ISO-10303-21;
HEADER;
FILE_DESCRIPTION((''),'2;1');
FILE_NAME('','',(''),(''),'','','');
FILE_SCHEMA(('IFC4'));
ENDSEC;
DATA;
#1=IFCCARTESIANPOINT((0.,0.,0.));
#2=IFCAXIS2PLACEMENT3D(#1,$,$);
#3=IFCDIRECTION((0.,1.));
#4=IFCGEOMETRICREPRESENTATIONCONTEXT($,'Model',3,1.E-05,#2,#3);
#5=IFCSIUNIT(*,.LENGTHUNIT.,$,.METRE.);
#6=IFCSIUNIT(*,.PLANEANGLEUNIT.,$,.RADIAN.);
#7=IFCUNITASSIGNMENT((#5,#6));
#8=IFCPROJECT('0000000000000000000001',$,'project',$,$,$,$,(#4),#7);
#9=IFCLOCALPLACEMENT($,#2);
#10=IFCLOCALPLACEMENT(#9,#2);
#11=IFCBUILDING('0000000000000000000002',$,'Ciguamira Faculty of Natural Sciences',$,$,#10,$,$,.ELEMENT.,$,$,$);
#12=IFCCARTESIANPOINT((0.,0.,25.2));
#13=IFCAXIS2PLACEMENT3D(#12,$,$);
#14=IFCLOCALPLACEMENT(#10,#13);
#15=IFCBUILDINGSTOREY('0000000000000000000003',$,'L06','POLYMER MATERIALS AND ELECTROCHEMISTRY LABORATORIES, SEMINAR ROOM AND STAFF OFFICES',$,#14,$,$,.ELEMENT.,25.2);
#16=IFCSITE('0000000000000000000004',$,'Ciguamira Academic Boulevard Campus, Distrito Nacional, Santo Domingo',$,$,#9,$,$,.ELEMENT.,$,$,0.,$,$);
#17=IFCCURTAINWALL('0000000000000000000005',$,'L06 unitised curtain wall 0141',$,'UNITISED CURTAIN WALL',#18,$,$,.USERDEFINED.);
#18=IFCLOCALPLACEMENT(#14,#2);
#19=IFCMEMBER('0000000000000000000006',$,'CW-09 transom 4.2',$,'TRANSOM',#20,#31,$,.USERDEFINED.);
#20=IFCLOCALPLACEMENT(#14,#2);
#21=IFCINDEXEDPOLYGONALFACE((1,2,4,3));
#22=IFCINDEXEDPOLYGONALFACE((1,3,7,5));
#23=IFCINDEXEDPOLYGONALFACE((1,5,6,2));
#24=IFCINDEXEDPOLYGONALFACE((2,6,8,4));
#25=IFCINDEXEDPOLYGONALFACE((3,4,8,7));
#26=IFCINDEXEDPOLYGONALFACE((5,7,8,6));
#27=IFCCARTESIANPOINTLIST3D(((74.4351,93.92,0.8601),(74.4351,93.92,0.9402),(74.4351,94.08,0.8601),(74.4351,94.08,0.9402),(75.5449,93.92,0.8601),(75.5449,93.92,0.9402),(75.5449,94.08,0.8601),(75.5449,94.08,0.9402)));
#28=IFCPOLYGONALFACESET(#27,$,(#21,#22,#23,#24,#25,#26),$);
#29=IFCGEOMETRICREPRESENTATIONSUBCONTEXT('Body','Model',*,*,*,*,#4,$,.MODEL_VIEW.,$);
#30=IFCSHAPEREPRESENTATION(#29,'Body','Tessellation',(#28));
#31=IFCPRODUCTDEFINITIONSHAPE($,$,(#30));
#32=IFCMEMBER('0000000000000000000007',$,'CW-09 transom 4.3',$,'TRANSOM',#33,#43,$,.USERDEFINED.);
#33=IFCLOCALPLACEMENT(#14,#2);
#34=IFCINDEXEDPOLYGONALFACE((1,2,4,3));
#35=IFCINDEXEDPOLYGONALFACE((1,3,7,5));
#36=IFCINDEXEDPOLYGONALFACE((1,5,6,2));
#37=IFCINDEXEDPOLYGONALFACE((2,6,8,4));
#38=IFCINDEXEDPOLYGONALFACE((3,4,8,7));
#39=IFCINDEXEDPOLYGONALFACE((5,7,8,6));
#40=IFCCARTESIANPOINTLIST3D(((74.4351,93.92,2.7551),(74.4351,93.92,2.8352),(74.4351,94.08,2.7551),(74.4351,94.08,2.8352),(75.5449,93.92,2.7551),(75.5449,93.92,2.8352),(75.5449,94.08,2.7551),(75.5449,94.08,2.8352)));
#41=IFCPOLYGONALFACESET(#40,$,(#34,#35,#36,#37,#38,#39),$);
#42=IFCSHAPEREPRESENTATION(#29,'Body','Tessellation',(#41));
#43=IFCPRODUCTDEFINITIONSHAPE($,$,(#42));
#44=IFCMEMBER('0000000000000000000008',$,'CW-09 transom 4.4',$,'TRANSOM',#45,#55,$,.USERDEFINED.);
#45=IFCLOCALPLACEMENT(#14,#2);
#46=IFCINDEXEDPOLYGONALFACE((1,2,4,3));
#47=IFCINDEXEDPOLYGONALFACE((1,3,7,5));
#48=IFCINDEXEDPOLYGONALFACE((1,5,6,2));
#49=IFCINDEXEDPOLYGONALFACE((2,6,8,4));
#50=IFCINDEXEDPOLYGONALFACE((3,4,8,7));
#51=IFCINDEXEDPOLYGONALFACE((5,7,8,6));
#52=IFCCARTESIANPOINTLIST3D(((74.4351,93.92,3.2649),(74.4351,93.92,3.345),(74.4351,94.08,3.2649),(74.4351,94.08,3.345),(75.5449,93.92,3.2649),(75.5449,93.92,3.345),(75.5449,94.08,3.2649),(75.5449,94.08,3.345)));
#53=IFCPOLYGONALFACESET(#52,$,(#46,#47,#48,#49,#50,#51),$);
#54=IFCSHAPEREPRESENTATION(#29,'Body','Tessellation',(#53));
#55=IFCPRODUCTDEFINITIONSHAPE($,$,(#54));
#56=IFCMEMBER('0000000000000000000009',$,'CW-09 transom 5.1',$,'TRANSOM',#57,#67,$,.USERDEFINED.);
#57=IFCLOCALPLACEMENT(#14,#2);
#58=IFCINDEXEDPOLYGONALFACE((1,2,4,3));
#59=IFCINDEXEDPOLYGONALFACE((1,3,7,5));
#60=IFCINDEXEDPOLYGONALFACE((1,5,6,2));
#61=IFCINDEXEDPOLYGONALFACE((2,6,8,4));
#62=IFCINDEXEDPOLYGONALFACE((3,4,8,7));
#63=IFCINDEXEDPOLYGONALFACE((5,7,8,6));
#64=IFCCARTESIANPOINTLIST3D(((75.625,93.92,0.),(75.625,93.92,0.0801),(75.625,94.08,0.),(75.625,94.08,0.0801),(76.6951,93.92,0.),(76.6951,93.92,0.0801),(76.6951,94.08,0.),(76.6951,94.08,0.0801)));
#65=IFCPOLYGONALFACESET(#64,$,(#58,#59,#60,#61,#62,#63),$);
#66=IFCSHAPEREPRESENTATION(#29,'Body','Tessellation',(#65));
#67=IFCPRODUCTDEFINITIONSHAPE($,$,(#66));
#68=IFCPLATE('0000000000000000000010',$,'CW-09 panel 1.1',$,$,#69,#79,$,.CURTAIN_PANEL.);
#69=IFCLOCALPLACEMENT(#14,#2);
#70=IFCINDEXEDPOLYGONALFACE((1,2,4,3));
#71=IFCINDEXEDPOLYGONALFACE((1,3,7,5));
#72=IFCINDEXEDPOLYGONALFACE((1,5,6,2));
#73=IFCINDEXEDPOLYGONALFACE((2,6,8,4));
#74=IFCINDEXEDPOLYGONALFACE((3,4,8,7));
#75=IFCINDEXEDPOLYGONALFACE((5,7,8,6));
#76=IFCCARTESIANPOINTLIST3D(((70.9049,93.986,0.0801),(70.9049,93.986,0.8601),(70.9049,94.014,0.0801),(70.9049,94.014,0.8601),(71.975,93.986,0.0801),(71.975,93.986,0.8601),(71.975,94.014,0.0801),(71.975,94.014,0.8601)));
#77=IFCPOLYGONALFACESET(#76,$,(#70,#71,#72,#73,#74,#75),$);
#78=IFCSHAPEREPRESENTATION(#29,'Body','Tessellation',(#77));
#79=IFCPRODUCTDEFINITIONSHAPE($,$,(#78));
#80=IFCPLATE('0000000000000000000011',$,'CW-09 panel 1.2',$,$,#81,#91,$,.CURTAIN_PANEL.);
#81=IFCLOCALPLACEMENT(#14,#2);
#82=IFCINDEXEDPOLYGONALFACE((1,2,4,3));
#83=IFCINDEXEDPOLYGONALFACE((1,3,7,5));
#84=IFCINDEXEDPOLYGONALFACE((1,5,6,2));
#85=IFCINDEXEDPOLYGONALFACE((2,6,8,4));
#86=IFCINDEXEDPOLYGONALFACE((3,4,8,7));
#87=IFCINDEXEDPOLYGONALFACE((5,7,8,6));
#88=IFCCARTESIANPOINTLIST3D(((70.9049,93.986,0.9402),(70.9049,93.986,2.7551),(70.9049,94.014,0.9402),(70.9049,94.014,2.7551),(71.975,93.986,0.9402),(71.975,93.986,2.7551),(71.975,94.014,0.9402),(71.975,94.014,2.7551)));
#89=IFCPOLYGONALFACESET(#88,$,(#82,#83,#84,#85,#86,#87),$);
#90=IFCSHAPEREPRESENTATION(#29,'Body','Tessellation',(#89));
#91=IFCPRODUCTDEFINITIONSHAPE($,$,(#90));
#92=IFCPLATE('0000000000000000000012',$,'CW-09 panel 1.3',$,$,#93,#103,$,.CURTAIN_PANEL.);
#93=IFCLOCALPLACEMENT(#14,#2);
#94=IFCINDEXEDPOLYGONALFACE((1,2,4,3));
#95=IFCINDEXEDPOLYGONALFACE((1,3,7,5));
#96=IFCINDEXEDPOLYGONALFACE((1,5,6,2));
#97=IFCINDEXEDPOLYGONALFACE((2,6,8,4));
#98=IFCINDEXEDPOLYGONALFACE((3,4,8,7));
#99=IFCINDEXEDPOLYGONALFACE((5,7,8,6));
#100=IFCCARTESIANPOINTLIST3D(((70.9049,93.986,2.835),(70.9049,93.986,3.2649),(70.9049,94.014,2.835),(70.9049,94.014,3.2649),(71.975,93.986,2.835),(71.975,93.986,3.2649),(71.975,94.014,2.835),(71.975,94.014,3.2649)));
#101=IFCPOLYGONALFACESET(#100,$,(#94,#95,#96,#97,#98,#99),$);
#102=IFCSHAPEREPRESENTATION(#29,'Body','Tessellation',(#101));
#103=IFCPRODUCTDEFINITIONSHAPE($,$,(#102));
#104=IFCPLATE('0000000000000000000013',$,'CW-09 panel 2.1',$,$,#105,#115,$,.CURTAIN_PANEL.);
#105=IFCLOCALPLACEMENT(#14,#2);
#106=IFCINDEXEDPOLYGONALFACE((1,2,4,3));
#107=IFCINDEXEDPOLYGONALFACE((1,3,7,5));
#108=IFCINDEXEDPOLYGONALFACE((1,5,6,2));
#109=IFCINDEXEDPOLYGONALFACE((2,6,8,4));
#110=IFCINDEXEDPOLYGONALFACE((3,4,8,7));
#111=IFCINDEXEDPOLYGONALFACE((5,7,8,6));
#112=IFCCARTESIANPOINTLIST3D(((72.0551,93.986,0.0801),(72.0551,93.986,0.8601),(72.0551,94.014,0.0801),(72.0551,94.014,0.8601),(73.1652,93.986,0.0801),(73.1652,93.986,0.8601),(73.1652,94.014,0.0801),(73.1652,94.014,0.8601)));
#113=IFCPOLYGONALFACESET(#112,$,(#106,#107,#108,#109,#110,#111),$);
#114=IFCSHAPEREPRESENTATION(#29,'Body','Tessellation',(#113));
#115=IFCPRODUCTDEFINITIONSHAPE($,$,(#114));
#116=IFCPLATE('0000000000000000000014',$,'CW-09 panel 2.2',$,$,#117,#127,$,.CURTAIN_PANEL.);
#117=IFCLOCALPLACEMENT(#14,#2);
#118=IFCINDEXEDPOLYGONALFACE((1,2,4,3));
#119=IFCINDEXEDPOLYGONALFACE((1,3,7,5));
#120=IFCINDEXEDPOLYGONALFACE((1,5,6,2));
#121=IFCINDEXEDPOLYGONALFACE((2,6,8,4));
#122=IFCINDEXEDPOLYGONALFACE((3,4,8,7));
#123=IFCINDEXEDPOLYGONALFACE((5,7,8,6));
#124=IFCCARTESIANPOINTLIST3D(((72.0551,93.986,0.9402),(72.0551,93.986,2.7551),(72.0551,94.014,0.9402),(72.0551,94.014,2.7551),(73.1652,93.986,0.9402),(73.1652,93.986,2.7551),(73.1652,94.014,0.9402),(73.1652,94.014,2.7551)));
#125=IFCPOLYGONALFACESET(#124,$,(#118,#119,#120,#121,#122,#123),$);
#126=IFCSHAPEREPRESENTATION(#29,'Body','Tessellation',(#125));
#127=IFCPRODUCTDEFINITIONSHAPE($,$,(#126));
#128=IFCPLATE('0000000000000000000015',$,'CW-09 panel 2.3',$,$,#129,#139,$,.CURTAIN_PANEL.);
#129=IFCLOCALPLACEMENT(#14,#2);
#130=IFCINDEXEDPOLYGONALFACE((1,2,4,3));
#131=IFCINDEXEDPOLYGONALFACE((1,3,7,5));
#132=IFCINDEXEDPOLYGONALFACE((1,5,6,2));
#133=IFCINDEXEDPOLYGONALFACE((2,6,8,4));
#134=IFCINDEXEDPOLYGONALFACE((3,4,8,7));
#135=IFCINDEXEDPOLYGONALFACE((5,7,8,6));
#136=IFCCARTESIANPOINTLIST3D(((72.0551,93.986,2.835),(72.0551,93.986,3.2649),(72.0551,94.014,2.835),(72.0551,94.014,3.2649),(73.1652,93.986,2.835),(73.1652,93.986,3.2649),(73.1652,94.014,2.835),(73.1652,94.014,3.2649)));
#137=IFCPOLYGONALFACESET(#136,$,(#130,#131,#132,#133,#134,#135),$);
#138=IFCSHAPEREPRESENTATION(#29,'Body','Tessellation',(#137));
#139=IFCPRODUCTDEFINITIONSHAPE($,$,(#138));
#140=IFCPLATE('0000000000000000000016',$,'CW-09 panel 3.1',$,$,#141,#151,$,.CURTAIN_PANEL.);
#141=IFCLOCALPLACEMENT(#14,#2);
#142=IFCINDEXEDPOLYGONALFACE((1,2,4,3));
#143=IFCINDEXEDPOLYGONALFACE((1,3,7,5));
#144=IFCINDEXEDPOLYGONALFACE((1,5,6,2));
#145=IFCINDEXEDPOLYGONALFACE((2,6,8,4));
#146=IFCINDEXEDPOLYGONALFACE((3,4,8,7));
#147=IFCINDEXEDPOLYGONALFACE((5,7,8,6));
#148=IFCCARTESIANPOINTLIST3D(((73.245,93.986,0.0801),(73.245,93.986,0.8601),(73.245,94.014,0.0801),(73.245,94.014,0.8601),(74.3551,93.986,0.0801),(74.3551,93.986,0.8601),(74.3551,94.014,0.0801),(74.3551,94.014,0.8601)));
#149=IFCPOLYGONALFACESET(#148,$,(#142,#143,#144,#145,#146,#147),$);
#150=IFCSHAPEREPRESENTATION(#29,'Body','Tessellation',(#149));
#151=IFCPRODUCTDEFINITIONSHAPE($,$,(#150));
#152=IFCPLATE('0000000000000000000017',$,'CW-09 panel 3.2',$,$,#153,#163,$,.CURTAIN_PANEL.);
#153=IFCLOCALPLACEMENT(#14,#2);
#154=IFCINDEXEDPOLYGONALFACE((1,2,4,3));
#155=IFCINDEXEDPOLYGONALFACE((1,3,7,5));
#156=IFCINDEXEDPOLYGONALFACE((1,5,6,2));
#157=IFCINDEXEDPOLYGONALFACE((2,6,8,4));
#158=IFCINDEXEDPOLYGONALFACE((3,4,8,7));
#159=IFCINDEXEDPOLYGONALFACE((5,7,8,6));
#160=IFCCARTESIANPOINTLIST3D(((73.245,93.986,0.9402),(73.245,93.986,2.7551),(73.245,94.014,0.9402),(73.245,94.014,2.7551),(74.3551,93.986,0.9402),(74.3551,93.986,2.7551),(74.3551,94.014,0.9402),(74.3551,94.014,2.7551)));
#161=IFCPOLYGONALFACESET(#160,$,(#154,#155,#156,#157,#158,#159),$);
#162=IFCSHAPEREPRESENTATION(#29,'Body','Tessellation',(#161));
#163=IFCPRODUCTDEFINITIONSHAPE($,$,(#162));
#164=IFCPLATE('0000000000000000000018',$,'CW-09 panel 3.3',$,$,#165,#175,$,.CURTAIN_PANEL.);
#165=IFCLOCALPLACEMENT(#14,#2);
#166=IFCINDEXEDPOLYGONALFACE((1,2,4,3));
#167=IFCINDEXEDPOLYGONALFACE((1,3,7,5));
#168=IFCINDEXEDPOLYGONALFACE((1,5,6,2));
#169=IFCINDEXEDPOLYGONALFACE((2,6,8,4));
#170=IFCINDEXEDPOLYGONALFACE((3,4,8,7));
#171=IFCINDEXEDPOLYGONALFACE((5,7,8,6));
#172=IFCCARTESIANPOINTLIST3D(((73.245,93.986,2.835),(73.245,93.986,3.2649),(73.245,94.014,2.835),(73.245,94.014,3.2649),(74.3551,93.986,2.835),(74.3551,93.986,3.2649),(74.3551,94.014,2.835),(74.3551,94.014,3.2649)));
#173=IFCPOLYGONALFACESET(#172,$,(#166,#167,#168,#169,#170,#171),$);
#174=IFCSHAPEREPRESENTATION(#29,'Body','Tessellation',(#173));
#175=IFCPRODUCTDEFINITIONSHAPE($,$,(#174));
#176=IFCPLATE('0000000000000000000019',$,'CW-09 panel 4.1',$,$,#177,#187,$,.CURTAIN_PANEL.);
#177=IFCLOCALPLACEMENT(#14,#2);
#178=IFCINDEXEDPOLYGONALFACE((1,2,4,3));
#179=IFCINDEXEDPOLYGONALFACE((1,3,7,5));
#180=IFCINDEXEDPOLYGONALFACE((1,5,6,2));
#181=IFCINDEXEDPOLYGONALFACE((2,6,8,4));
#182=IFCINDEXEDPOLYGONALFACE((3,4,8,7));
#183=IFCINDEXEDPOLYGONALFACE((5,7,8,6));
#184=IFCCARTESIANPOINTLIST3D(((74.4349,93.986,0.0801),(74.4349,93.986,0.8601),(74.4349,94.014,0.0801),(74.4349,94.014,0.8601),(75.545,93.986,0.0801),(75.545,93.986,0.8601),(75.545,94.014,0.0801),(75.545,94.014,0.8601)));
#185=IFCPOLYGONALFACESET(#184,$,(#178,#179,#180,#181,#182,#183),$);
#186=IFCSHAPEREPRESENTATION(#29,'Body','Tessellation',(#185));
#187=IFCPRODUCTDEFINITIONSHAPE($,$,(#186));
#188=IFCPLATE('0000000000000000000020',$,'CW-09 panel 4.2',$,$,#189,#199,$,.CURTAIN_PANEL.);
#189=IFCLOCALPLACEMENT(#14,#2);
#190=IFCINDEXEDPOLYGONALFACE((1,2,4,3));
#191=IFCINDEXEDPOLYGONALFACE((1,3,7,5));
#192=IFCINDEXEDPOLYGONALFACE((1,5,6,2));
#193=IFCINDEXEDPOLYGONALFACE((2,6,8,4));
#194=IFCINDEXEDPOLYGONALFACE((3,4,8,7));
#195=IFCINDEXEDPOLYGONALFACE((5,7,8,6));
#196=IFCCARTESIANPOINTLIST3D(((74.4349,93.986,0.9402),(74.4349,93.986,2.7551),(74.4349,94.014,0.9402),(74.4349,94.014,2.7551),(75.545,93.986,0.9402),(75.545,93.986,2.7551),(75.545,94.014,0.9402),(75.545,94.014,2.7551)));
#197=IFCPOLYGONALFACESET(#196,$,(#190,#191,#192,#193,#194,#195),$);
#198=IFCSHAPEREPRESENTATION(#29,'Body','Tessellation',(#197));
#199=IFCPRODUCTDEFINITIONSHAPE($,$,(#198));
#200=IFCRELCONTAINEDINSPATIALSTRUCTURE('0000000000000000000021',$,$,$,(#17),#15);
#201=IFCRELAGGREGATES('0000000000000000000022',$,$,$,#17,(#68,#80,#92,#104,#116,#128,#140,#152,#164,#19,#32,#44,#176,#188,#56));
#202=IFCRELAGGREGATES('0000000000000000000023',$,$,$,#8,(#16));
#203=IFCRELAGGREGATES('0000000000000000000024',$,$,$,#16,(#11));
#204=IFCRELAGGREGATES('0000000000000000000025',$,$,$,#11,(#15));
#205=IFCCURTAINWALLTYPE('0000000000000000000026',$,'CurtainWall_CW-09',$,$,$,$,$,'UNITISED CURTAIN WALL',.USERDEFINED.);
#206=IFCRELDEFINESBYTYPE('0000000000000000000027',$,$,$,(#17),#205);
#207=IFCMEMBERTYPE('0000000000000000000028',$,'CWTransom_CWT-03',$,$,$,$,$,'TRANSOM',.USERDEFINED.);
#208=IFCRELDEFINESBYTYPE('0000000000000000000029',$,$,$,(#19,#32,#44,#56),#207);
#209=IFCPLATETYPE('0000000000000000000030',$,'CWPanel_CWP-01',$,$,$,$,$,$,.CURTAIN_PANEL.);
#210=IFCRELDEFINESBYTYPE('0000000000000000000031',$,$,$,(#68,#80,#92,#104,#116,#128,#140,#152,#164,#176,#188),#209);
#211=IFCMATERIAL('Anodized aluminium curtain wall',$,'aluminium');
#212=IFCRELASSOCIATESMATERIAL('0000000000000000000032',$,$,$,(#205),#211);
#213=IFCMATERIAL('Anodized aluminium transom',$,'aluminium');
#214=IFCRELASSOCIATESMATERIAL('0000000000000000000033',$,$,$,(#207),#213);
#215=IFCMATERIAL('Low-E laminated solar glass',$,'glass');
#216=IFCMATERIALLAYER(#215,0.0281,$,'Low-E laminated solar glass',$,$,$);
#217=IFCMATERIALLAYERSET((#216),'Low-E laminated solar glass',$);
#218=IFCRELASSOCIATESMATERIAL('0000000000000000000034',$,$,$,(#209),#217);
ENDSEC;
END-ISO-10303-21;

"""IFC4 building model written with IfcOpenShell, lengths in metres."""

from ifc_helpers import new_model, si_unit, direction, frame, origin, origin_2d, place, context, subcontext, project, spatial, rectangle, extrude, material, layer, layer_set, material_profile, profile_set, type_object, element, aggregate, save


model = new_model("IFC4")

# Units and contexts
model_context = context("Model", 3, precision=1e-05, world=origin(), true_north=direction((0.0, 1.0)))
body_context = subcontext(model_context, "Body", "Model", "MODEL_VIEW")
ifc_project = project(units=[si_unit("LENGTHUNIT", "METRE"), si_unit("PLANEANGLEUNIT", "RADIAN")], contexts=[model_context])

# Site, building, storey
site_placement = place(None, origin())
site = spatial("IfcSite", under=ifc_project, at=site_placement, Name="Ciguamira Academic Boulevard Campus, Distrito Nacional, Santo Domingo", CompositionType="ELEMENT", RefElevation=0.0)
building_placement = place(site_placement, origin())
building = spatial("IfcBuilding", under=site, at=building_placement, Name="Ciguamira Faculty of Natural Sciences", CompositionType="ELEMENT")
storey_placement = place(building_placement, frame((0.0, 0.0, 25.2)))
storey = spatial("IfcBuildingStorey", under=building, at=storey_placement, Name="L06", Description="POLYMER MATERIALS AND ELECTROCHEMISTRY LABORATORIES, SEMINAR ROOM AND STAFF OFFICES", CompositionType="ELEMENT", Elevation=25.2)

# Curtain wall, members, plates
ifc_material_1 = material(Name="Anodized aluminium curtain wall", Category="aluminium")
curtain_wall_type = type_object("IfcCurtainWallType", Name="CurtainWall_CW-09", ElementType="UNITISED CURTAIN WALL", PredefinedType="USERDEFINED", material=ifc_material_1)
curtain_wall_placement = place(storey_placement, origin())
curtain_wall = element("IfcCurtainWall", 1, at=curtain_wall_placement, inside=storey, type_object=curtain_wall_type, Name="L06 unitised curtain wall 0141", ObjectType="UNITISED CURTAIN WALL", PredefinedType="USERDEFINED")
ifc_material_2 = material(Name="Anodized aluminium transom", Category="aluminium")
ifc_material_profile_1 = material_profile(ifc_material_2, rectangle(XDim=0.0801, YDim=0.1599, at=origin_2d()), Name="ALU-TRN-80X160")
ifc_profile_set_1 = profile_set([ifc_material_profile_1], Name="Anodized aluminium transom")
member_type_1 = type_object("IfcMemberType", Name="CWTransom_CWT-03", ElementType="TRANSOM", PredefinedType="USERDEFINED", material=ifc_profile_set_1)
member_1_placement = place(storey_placement, frame((74.4351, 94.0, 0.9001), z_axis=(1.0, 0.0, 0.0), x_axis=(0.0, 0.0, 1.0)))
member_1 = element("IfcMember", 2, at=member_1_placement, type_object=member_type_1, Name="CW-09 transom 4.2", ObjectType="TRANSOM", PredefinedType="USERDEFINED", context=body_context, shape_type="SweptSolid", body=[
    extrude(rectangle(XDim=0.0801, YDim=0.1599, at=origin_2d()), origin(), (0.0, 0.0, 1.0), 1.1099),
])
member_2_placement = place(storey_placement, frame((74.4351, 94.0, 2.7952), z_axis=(1.0, 0.0, 0.0), x_axis=(0.0, 0.0, 1.0)))
member_2 = element("IfcMember", 3, at=member_2_placement, type_object=member_type_1, Name="CW-09 transom 4.3", ObjectType="TRANSOM", PredefinedType="USERDEFINED", context=body_context, shape_type="SweptSolid", body=[
    extrude(rectangle(XDim=0.0801, YDim=0.1599, at=origin_2d()), origin(), (0.0, 0.0, 1.0), 1.1099),
])
member_3_placement = place(storey_placement, frame((74.4351, 94.0, 3.3049), z_axis=(1.0, 0.0, 0.0), x_axis=(0.0, 0.0, 1.0)))
member_3 = element("IfcMember", 4, at=member_3_placement, type_object=member_type_1, Name="CW-09 transom 4.4", ObjectType="TRANSOM", PredefinedType="USERDEFINED", context=body_context, shape_type="SweptSolid", body=[
    extrude(rectangle(XDim=0.0801, YDim=0.1599, at=origin_2d()), origin(), (0.0, 0.0, 1.0), 1.1099),
])
member_4_placement = place(storey_placement, frame((75.625, 94.0, 0.04), z_axis=(1.0, 0.0, 0.0), x_axis=(0.0, 0.0, 1.0)))
member_4 = element("IfcMember", 5, at=member_4_placement, type_object=member_type_1, Name="CW-09 transom 5.1", ObjectType="TRANSOM", PredefinedType="USERDEFINED", context=body_context, shape_type="SweptSolid", body=[
    extrude(rectangle(XDim=0.0801, YDim=0.1599, at=origin_2d()), origin(), (0.0, 0.0, 1.0), 1.0701),
])
ifc_material_3 = material(Name="Low-E laminated solar glass", Category="glass")
ifc_layer = layer(ifc_material_3, 0.0281, Name="Low-E laminated solar glass")
ifc_layer_set = layer_set([ifc_layer], Name="Low-E laminated solar glass")
plate_type = type_object("IfcPlateType", Name="CWPanel_CWP-01", PredefinedType="CURTAIN_PANEL", material=ifc_layer_set)
plate_1_placement = place(storey_placement, frame((71.4399, 94.0, 0.0801), z_axis=(0.0, 0.0, 1.0), x_axis=(1.0, 0.0, 0.0)))
plate_1 = element("IfcPlate", 6, at=plate_1_placement, type_object=plate_type, Name="CW-09 panel 1.1", PredefinedType="CURTAIN_PANEL", context=body_context, shape_type="SweptSolid", body=[
    extrude(rectangle(XDim=1.0701, YDim=0.0281, at=origin_2d()), origin(), (0.0, 0.0, 1.0), 0.78),
])
plate_2_placement = place(storey_placement, frame((71.4399, 94.0, 0.9402), z_axis=(0.0, 0.0, 1.0), x_axis=(1.0, 0.0, 0.0)))
plate_2 = element("IfcPlate", 7, at=plate_2_placement, type_object=plate_type, Name="CW-09 panel 1.2", PredefinedType="CURTAIN_PANEL", context=body_context, shape_type="SweptSolid", body=[
    extrude(rectangle(XDim=1.0701, YDim=0.0281, at=origin_2d()), origin(), (0.0, 0.0, 1.0), 1.8149),
])
plate_3_placement = place(storey_placement, frame((71.4399, 94.0, 2.835), z_axis=(0.0, 0.0, 1.0), x_axis=(1.0, 0.0, 0.0)))
plate_3 = element("IfcPlate", 8, at=plate_3_placement, type_object=plate_type, Name="CW-09 panel 1.3", PredefinedType="CURTAIN_PANEL", context=body_context, shape_type="SweptSolid", body=[
    extrude(rectangle(XDim=1.0701, YDim=0.0281, at=origin_2d()), origin(), (0.0, 0.0, 1.0), 0.4299),
])
plate_4_placement = place(storey_placement, frame((72.6101, 94.0, 0.0801), z_axis=(0.0, 0.0, 1.0), x_axis=(1.0, 0.0, 0.0)))
plate_4 = element("IfcPlate", 9, at=plate_4_placement, type_object=plate_type, Name="CW-09 panel 2.1", PredefinedType="CURTAIN_PANEL", context=body_context, shape_type="SweptSolid", body=[
    extrude(rectangle(XDim=1.1101, YDim=0.0281, at=origin_2d()), origin(), (0.0, 0.0, 1.0), 0.78),
])
plate_5_placement = place(storey_placement, frame((72.6101, 94.0, 0.9402), z_axis=(0.0, 0.0, 1.0), x_axis=(1.0, 0.0, 0.0)))
plate_5 = element("IfcPlate", 10, at=plate_5_placement, type_object=plate_type, Name="CW-09 panel 2.2", PredefinedType="CURTAIN_PANEL", context=body_context, shape_type="SweptSolid", body=[
    extrude(rectangle(XDim=1.1101, YDim=0.0281, at=origin_2d()), origin(), (0.0, 0.0, 1.0), 1.8149),
])
plate_6_placement = place(storey_placement, frame((72.6101, 94.0, 2.835), z_axis=(0.0, 0.0, 1.0), x_axis=(1.0, 0.0, 0.0)))
plate_6 = element("IfcPlate", 11, at=plate_6_placement, type_object=plate_type, Name="CW-09 panel 2.3", PredefinedType="CURTAIN_PANEL", context=body_context, shape_type="SweptSolid", body=[
    extrude(rectangle(XDim=1.1101, YDim=0.0281, at=origin_2d()), origin(), (0.0, 0.0, 1.0), 0.4299),
])
plate_7_placement = place(storey_placement, frame((73.8, 94.0, 0.0801), z_axis=(0.0, 0.0, 1.0), x_axis=(1.0, 0.0, 0.0)))
plate_7 = element("IfcPlate", 12, at=plate_7_placement, type_object=plate_type, Name="CW-09 panel 3.1", PredefinedType="CURTAIN_PANEL", context=body_context, shape_type="SweptSolid", body=[
    extrude(rectangle(XDim=1.1101, YDim=0.0281, at=origin_2d()), origin(), (0.0, 0.0, 1.0), 0.78),
])
plate_8_placement = place(storey_placement, frame((73.8, 94.0, 0.9402), z_axis=(0.0, 0.0, 1.0), x_axis=(1.0, 0.0, 0.0)))
plate_8 = element("IfcPlate", 13, at=plate_8_placement, type_object=plate_type, Name="CW-09 panel 3.2", PredefinedType="CURTAIN_PANEL", context=body_context, shape_type="SweptSolid", body=[
    extrude(rectangle(XDim=1.1101, YDim=0.0281, at=origin_2d()), origin(), (0.0, 0.0, 1.0), 1.8149),
])
plate_9_placement = place(storey_placement, frame((73.8, 94.0, 2.835), z_axis=(0.0, 0.0, 1.0), x_axis=(1.0, 0.0, 0.0)))
plate_9 = element("IfcPlate", 14, at=plate_9_placement, type_object=plate_type, Name="CW-09 panel 3.3", PredefinedType="CURTAIN_PANEL", context=body_context, shape_type="SweptSolid", body=[
    extrude(rectangle(XDim=1.1101, YDim=0.0281, at=origin_2d()), origin(), (0.0, 0.0, 1.0), 0.4299),
])
plate_10_placement = place(storey_placement, frame((74.99, 94.0, 0.0801), z_axis=(0.0, 0.0, 1.0), x_axis=(1.0, 0.0, 0.0)))
plate_10 = element("IfcPlate", 15, at=plate_10_placement, type_object=plate_type, Name="CW-09 panel 4.1", PredefinedType="CURTAIN_PANEL", context=body_context, shape_type="SweptSolid", body=[
    extrude(rectangle(XDim=1.1101, YDim=0.0281, at=origin_2d()), origin(), (0.0, 0.0, 1.0), 0.78),
])
plate_11_placement = place(storey_placement, frame((74.99, 94.0, 0.9402), z_axis=(0.0, 0.0, 1.0), x_axis=(1.0, 0.0, 0.0)))
plate_11 = element("IfcPlate", 16, at=plate_11_placement, type_object=plate_type, Name="CW-09 panel 4.2", PredefinedType="CURTAIN_PANEL", context=body_context, shape_type="SweptSolid", body=[
    extrude(rectangle(XDim=1.1101, YDim=0.0281, at=origin_2d()), origin(), (0.0, 0.0, 1.0), 1.8149),
])
aggregate(curtain_wall, [plate_1, plate_2, plate_3, plate_4, plate_5, plate_6, plate_7, plate_8, plate_9, member_1, member_2, member_3, plate_10, plate_11, member_4])

save(model, "model.ifc")
